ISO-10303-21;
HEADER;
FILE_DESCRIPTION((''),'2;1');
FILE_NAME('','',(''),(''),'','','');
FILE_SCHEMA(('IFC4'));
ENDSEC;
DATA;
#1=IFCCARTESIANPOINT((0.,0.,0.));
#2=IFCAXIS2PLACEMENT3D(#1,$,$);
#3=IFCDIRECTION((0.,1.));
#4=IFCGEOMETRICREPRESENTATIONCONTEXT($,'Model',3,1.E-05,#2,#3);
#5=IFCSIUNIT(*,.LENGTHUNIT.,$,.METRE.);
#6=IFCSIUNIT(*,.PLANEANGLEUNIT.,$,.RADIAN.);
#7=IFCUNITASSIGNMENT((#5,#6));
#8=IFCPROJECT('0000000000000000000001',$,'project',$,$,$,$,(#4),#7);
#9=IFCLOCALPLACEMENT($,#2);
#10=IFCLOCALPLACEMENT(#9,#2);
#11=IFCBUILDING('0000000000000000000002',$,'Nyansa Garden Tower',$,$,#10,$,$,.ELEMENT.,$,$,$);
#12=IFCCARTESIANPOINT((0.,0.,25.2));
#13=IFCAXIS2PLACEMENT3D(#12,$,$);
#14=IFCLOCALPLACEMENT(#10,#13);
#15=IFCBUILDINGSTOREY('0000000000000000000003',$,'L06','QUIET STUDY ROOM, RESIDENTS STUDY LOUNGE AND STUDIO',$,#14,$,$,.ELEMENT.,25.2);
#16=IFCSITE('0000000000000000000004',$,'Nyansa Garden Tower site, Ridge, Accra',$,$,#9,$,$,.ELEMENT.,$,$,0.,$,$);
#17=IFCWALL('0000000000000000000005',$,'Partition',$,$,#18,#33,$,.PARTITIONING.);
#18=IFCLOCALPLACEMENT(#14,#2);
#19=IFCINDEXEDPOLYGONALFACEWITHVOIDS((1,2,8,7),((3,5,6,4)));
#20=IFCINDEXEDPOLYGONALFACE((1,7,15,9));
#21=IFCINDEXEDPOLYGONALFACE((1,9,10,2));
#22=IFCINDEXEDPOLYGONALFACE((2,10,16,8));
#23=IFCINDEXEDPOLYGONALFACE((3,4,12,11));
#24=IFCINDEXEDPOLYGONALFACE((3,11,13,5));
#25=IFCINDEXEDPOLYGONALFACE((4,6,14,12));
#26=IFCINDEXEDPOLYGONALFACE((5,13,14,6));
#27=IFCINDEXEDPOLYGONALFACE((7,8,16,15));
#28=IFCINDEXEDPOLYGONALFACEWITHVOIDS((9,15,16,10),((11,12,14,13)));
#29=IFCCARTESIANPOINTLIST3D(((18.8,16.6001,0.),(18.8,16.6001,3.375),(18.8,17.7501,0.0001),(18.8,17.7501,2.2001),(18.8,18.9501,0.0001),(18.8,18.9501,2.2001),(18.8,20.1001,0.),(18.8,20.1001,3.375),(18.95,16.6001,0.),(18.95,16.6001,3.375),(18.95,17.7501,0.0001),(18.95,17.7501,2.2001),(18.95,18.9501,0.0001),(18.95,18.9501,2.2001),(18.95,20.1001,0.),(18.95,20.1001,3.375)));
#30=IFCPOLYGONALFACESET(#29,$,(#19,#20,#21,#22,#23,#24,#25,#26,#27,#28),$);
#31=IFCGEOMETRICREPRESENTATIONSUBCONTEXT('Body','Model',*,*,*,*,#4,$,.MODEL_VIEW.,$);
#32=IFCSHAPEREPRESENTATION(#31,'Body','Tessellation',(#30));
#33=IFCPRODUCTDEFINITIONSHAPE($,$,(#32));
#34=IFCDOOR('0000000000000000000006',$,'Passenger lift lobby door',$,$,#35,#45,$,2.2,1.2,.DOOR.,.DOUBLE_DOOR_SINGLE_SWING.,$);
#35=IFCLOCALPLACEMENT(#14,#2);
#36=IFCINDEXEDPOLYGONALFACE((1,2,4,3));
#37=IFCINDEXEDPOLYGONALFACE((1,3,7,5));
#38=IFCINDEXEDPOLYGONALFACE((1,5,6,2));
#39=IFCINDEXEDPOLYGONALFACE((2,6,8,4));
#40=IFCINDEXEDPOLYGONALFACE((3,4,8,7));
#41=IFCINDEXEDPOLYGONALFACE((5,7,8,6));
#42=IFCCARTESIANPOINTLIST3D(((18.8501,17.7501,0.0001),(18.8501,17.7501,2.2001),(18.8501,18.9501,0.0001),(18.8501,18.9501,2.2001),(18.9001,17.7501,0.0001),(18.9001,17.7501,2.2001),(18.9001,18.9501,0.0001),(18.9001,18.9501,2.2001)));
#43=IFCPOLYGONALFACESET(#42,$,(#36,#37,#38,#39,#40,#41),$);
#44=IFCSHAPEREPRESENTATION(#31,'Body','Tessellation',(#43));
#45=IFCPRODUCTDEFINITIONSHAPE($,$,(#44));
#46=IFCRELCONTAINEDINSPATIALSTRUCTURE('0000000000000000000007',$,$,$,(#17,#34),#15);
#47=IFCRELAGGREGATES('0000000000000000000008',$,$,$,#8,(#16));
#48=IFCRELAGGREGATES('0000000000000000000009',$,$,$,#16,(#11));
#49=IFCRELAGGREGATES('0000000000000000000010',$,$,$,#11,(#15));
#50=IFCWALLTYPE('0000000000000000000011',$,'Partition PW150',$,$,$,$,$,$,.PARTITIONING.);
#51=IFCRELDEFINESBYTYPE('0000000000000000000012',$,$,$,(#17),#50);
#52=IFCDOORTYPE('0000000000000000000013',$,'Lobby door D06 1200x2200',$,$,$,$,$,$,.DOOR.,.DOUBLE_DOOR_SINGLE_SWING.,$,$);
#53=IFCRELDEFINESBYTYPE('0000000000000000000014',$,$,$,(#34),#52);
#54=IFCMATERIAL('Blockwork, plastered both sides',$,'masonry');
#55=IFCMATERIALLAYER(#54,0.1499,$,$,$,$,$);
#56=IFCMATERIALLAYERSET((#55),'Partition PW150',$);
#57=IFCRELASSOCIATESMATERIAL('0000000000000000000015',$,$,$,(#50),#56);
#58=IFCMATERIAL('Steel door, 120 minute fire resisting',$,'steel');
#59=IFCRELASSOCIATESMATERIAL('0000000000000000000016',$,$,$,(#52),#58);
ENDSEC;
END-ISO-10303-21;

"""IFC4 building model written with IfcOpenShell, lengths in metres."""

from ifc_helpers import new_model, si_unit, direction, frame, frame_2d, origin, place, context, subcontext, project, spatial, rectangle, extrude, material, layer, layer_set, type_object, element, fill, save


model = new_model("IFC4")

# Units and contexts
model_context = context("Model", 3, precision=1e-05, world=origin(), true_north=direction((0.0, 1.0)))
body_context = subcontext(model_context, "Body", "Model", "MODEL_VIEW")
ifc_project = project(units=[si_unit("LENGTHUNIT", "METRE"), si_unit("PLANEANGLEUNIT", "RADIAN")], contexts=[model_context])

# Site, building, storey
site_placement = place(None, origin())
site = spatial("IfcSite", under=ifc_project, at=site_placement, Name="Nyansa Garden Tower site, Ridge, Accra", CompositionType="ELEMENT", RefElevation=0.0)
building_placement = place(site_placement, origin())
building = spatial("IfcBuilding", under=site, at=building_placement, Name="Nyansa Garden Tower", CompositionType="ELEMENT")
storey_placement = place(building_placement, frame((0.0, 0.0, 25.2)))
storey = spatial("IfcBuildingStorey", under=building, at=storey_placement, Name="L06", Description="QUIET STUDY ROOM, RESIDENTS STUDY LOUNGE AND STUDIO", CompositionType="ELEMENT", Elevation=25.2)

# Wall, opening, door
ifc_material_1 = material(Name="Blockwork, plastered both sides", Category="masonry")
ifc_layer_1 = layer(ifc_material_1, 0.1499)
ifc_layer_set_1 = layer_set([ifc_layer_1], Name="Partition PW150")
wall_type_1 = type_object("IfcWallType", Name="Partition PW150", PredefinedType="PARTITIONING", material=ifc_layer_set_1)
wall_1_placement = place(storey_placement, frame((18.875, 16.6001, 0.0), z_axis=(0.0, 0.0, 1.0), x_axis=(0.0, 1.0, 0.0)))
wall_1 = element("IfcWall", 1, at=wall_1_placement, inside=storey, type_object=wall_type_1, Name="Partition", PredefinedType="PARTITIONING", context=body_context, shape_type="SweptSolid", body=[
    extrude(rectangle(XDim=3.5, YDim=0.1499, at=frame_2d((1.75, 0.0))), origin(), (0.0, 0.0, 1.0), 3.375),
])
opening_1_placement = place(wall_1_placement, frame((1.1499, 0.0, 0.0)))
opening_1 = element("IfcOpeningElement", 2, at=opening_1_placement, cuts=wall_1, PredefinedType="OPENING", context=body_context, shape_type="SweptSolid", body=[
    extrude(rectangle(XDim=1.2, YDim=2.2, at=frame_2d((0.6001, 1.1001))), frame((0.0, 0.085, 0.0), z_axis=(0.0, -1.0, 0.0), x_axis=(1.0, 0.0, 0.0)), (0.0, 0.0, 1.0), 0.1699),
])
ifc_material_2 = material(Name="Steel door, 120 minute fire resisting", Category="steel")
door_type_1 = type_object("IfcDoorType", Name="Lobby door D06 1200x2200", OperationType="DOUBLE_DOOR_SINGLE_SWING", PredefinedType="DOOR", material=ifc_material_2)
door_1_placement = place(opening_1_placement, origin())
door_1 = element("IfcDoor", 3, at=door_1_placement, inside=storey, type_object=door_type_1, Name="Passenger lift lobby door", OperationType="DOUBLE_DOOR_SINGLE_SWING", OverallHeight=2.2, OverallWidth=1.2, PredefinedType="DOOR", context=body_context, shape_type="SweptSolid", body=[
    extrude(rectangle(XDim=1.2, YDim=2.2, at=frame_2d((0.6001, 1.1001))), frame((0.0, 0.0249, 0.0), z_axis=(0.0, -1.0, 0.0), x_axis=(1.0, 0.0, 0.0)), (0.0, 0.0, 1.0), 0.05),
])
fill(opening_1, door_1)

save(model, "model.ifc")
